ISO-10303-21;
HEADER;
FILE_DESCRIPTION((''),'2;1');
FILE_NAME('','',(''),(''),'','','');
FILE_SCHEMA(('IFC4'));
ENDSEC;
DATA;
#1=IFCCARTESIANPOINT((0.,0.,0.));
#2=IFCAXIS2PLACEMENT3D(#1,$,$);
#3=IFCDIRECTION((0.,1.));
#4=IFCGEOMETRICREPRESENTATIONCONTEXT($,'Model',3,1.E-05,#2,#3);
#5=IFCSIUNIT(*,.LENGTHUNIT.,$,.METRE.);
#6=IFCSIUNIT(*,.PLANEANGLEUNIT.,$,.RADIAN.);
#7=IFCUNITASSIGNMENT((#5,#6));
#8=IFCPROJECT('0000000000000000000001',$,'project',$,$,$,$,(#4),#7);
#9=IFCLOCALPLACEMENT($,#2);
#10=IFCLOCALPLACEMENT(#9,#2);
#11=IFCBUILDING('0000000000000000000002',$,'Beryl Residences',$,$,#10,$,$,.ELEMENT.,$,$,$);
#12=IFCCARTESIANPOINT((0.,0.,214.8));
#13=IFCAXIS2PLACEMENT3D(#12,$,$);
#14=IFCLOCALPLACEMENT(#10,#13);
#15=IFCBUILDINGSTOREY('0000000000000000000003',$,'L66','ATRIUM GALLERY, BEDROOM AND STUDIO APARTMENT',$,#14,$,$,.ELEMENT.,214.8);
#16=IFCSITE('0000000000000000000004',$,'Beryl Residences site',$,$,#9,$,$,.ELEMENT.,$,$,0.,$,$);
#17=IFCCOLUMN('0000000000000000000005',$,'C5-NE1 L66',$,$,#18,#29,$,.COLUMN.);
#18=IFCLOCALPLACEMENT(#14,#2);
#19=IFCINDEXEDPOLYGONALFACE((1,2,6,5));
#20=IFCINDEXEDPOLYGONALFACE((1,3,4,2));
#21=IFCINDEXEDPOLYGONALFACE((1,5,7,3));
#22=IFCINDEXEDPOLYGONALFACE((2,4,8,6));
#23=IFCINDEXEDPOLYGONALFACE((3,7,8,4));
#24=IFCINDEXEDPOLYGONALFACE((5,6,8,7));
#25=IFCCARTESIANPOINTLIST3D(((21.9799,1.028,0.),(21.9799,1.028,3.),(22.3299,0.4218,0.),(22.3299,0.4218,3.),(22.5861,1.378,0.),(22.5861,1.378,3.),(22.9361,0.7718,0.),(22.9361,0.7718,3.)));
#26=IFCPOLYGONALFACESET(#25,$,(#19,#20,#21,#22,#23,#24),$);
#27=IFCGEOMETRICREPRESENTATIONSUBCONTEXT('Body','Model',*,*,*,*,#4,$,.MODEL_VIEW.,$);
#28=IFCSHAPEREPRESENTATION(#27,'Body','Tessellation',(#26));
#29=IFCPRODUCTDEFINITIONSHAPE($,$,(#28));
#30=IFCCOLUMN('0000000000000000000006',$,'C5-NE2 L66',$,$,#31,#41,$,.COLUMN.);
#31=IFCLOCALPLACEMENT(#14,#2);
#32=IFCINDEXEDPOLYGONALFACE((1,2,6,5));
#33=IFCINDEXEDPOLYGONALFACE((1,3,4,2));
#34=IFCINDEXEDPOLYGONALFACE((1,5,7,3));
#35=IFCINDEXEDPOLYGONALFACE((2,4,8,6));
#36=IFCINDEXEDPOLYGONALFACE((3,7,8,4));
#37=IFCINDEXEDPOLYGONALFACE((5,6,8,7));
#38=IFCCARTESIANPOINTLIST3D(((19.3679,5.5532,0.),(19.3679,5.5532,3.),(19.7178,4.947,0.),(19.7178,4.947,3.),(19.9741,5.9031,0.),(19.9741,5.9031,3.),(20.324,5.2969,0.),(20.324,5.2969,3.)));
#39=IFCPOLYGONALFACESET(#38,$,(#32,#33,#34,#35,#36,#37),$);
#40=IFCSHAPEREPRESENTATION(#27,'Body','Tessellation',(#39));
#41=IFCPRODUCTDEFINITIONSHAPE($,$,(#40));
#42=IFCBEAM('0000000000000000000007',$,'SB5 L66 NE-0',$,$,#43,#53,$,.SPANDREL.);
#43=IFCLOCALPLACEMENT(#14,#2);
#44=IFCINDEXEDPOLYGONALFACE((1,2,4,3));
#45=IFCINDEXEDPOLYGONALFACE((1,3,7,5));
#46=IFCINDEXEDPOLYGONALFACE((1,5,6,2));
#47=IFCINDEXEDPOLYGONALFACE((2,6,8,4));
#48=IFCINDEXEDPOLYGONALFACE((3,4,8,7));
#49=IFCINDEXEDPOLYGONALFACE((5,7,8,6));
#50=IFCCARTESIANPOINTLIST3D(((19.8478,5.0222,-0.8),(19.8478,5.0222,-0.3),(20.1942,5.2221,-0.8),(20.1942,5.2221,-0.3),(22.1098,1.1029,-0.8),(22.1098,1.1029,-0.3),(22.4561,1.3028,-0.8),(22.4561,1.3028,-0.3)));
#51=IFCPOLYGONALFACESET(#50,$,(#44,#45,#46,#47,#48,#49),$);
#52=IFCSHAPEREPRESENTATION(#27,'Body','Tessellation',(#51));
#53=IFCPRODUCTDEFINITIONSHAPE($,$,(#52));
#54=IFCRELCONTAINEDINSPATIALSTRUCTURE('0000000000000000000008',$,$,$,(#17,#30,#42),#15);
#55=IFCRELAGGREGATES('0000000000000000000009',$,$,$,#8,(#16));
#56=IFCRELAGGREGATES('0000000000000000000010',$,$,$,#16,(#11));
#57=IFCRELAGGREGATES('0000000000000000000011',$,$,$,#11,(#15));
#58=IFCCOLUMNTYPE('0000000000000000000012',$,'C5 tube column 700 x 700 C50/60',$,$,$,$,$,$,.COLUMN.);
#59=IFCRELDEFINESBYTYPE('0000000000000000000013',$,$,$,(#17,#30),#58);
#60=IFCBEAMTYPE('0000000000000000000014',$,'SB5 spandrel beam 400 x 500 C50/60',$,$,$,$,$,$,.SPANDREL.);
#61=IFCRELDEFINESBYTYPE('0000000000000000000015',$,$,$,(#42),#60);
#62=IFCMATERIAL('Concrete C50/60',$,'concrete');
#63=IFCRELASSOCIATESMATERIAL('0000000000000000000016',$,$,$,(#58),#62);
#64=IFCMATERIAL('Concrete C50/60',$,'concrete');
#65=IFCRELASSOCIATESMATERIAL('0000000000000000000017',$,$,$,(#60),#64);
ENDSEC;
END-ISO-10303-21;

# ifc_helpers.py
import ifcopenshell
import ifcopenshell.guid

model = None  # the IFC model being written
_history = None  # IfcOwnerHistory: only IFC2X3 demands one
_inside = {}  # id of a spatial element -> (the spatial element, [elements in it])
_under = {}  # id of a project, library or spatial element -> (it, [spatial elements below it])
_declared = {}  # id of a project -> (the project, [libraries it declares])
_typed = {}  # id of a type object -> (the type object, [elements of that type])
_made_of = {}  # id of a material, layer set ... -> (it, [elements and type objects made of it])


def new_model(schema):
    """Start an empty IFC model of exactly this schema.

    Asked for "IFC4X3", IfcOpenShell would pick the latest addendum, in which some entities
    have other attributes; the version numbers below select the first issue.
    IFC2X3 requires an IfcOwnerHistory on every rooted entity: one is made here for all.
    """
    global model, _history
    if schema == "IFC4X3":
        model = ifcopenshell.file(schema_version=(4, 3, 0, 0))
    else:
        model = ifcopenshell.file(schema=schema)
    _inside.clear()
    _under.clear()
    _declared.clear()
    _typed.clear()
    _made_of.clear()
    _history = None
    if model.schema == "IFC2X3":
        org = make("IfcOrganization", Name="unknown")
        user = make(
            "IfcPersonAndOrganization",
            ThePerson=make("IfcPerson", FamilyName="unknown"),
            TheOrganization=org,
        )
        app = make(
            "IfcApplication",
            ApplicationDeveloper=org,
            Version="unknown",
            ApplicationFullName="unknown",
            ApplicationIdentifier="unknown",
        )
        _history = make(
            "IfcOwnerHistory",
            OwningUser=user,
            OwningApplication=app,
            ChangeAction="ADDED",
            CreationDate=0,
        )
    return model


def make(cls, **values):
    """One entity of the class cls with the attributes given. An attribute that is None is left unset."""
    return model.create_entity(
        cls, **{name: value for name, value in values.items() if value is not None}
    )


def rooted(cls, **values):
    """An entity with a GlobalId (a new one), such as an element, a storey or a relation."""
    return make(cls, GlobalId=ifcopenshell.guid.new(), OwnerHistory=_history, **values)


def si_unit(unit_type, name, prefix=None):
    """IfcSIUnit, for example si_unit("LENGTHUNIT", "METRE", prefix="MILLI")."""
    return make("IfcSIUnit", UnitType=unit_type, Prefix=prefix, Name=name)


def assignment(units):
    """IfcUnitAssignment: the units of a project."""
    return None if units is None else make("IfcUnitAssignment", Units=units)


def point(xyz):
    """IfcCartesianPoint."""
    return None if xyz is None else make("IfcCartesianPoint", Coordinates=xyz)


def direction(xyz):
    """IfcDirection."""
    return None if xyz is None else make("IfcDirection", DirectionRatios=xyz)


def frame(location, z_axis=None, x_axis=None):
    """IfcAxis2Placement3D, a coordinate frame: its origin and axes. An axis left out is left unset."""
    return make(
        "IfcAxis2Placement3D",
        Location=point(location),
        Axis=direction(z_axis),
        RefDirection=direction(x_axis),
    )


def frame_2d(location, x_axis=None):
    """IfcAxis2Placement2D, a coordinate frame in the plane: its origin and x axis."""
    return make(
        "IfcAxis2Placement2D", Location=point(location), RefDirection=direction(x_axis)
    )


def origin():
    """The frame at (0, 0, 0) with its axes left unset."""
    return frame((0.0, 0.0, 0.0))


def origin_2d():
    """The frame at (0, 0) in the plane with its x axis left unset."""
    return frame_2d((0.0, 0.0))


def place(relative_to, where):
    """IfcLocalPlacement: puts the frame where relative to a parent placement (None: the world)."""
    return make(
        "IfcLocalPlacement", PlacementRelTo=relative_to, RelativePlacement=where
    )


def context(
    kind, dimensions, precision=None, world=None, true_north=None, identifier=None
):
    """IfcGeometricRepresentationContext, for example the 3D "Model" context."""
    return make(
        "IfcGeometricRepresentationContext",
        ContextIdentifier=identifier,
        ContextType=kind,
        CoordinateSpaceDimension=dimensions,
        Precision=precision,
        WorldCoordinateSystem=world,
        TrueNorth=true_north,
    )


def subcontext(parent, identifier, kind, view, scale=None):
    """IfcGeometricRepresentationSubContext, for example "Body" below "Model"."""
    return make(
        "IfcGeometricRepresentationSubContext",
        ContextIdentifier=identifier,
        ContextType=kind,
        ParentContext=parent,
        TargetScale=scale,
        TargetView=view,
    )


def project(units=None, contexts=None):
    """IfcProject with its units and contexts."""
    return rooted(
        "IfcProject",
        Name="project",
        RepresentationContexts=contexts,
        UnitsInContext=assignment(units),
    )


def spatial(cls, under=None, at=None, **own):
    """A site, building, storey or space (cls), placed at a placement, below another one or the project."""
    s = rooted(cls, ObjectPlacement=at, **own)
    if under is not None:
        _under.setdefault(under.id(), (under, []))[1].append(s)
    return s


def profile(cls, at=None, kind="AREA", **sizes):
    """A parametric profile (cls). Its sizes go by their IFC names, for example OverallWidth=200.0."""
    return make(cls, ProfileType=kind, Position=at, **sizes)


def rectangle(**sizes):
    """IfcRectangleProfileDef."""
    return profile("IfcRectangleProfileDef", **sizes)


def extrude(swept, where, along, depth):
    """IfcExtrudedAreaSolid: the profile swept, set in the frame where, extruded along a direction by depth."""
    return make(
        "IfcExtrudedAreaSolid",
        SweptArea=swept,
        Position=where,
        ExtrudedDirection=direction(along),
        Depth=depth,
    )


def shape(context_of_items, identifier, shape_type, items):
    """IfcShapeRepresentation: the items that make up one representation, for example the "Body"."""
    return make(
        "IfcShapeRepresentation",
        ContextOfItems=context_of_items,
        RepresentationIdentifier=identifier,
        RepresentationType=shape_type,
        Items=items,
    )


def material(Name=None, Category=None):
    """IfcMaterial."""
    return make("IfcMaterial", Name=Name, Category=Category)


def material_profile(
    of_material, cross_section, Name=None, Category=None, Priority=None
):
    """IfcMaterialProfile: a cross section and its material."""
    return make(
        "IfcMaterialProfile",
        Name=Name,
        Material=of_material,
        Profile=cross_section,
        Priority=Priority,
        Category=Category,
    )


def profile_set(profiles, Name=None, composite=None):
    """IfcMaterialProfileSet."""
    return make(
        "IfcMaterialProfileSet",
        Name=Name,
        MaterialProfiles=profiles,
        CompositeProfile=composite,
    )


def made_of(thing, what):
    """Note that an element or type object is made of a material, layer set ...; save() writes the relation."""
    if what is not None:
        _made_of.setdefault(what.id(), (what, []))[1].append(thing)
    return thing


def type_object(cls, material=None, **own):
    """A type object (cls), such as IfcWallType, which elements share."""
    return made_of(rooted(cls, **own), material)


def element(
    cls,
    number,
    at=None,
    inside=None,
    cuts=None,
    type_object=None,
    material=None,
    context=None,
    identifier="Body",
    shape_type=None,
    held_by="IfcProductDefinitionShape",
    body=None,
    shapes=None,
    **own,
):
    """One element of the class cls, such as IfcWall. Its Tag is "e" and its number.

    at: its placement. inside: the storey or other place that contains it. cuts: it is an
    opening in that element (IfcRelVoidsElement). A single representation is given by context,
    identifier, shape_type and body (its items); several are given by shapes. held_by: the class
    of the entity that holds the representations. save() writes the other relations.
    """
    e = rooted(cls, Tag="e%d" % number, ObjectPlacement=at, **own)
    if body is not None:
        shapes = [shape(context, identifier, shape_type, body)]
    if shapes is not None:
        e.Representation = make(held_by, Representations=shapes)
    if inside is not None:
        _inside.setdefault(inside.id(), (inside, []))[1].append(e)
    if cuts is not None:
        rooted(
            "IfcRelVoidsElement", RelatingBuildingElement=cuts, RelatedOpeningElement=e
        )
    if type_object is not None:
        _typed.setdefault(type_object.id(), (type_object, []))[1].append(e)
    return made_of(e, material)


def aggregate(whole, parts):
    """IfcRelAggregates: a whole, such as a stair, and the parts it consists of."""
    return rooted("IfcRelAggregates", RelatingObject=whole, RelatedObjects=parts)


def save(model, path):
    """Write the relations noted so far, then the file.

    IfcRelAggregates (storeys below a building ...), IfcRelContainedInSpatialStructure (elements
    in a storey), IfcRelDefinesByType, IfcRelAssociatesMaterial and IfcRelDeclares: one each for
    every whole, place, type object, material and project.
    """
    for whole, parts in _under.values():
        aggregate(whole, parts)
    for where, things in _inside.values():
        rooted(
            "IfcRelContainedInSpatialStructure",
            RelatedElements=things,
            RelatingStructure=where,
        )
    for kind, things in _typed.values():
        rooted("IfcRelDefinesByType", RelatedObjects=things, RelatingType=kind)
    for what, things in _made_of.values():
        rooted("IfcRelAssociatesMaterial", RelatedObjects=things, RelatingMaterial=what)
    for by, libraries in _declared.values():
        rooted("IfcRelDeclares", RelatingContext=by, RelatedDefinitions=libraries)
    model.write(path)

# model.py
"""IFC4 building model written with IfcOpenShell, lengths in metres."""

from ifc_helpers import new_model, si_unit, direction, frame, origin, origin_2d, place, context, subcontext, project, spatial, rectangle, extrude, material, material_profile, profile_set, type_object, element, save


model = new_model("IFC4")

# Units and contexts
model_context = context("Model", 3, precision=1e-05, world=origin(), true_north=direction((0.0, 1.0)))
body_context = subcontext(model_context, "Body", "Model", "MODEL_VIEW")
ifc_project = project(units=[si_unit("LENGTHUNIT", "METRE"), si_unit("PLANEANGLEUNIT", "RADIAN")], contexts=[model_context])

# Site, building, storey
site_placement = place(None, origin())
site = spatial("IfcSite", under=ifc_project, at=site_placement, Name="Beryl Residences site", CompositionType="ELEMENT", RefElevation=0.0)
building_placement = place(site_placement, origin())
building = spatial("IfcBuilding", under=site, at=building_placement, Name="Beryl Residences", CompositionType="ELEMENT")
storey_placement = place(building_placement, frame((0.0, 0.0, 214.8)))
storey = spatial("IfcBuildingStorey", under=building, at=storey_placement, Name="L66", Description="ATRIUM GALLERY, BEDROOM AND STUDIO APARTMENT", CompositionType="ELEMENT", Elevation=214.8)

# Columns
ifc_material_1 = material(Name="Concrete C50/60", Category="concrete")
ifc_material_profile_1 = material_profile(ifc_material_1, rectangle(XDim=0.7, YDim=0.7, at=origin_2d()))
ifc_profile_set_1 = profile_set([ifc_material_profile_1], Name="Concrete C50/60")
column_type = type_object("IfcColumnType", Name="C5 tube column 700 x 700 C50/60", PredefinedType="COLUMN", material=ifc_profile_set_1)
for number, where, z_axis, x_axis, name in (
    (1, (22.458, 0.8999, 0.0), (0.0, 0.0, 1.0), (-0.49997, 0.866043, 0.0), "C5-NE1 L66"),
    (2, (19.8459, 5.425, 0.0), (0.0, 0.0, 1.0), (-0.49997, 0.866043, 0.0), "C5-NE2 L66"),
):
    element("IfcColumn", number, at=place(storey_placement, frame(where, z_axis=z_axis, x_axis=x_axis)), inside=storey, type_object=column_type, Name=name, PredefinedType="COLUMN", context=body_context, shape_type="SweptSolid", body=[
        extrude(rectangle(XDim=0.7, YDim=0.7, at=origin_2d()), origin(), (0.0, 0.0, 1.0), 3.0),
    ])

# Beam
ifc_material_2 = material(Name="Concrete C50/60", Category="concrete")
ifc_material_profile_2 = material_profile(ifc_material_2, rectangle(XDim=0.3999, YDim=0.5, at=origin_2d()))
ifc_profile_set_2 = profile_set([ifc_material_profile_2], Name="Concrete C50/60")
beam_type = type_object("IfcBeamType", Name="SB5 spandrel beam 400 x 500 C50/60", PredefinedType="SPANDREL", material=ifc_profile_set_2)
beam_placement = place(storey_placement, frame((22.283, 1.2029, -0.55), z_axis=(-0.49987, 0.8661, 0.0), x_axis=(-0.8661, -0.49987, 0.0)))
element("IfcBeam", 3, at=beam_placement, inside=storey, type_object=beam_type, Name="SB5 L66 NE-0", PredefinedType="SPANDREL", context=body_context, shape_type="SweptSolid", body=[
    extrude(rectangle(XDim=0.3999, YDim=0.5, at=origin_2d()), origin(), (0.0, 0.0, 1.0), 4.5251),
])

save(model, "model.ifc")
